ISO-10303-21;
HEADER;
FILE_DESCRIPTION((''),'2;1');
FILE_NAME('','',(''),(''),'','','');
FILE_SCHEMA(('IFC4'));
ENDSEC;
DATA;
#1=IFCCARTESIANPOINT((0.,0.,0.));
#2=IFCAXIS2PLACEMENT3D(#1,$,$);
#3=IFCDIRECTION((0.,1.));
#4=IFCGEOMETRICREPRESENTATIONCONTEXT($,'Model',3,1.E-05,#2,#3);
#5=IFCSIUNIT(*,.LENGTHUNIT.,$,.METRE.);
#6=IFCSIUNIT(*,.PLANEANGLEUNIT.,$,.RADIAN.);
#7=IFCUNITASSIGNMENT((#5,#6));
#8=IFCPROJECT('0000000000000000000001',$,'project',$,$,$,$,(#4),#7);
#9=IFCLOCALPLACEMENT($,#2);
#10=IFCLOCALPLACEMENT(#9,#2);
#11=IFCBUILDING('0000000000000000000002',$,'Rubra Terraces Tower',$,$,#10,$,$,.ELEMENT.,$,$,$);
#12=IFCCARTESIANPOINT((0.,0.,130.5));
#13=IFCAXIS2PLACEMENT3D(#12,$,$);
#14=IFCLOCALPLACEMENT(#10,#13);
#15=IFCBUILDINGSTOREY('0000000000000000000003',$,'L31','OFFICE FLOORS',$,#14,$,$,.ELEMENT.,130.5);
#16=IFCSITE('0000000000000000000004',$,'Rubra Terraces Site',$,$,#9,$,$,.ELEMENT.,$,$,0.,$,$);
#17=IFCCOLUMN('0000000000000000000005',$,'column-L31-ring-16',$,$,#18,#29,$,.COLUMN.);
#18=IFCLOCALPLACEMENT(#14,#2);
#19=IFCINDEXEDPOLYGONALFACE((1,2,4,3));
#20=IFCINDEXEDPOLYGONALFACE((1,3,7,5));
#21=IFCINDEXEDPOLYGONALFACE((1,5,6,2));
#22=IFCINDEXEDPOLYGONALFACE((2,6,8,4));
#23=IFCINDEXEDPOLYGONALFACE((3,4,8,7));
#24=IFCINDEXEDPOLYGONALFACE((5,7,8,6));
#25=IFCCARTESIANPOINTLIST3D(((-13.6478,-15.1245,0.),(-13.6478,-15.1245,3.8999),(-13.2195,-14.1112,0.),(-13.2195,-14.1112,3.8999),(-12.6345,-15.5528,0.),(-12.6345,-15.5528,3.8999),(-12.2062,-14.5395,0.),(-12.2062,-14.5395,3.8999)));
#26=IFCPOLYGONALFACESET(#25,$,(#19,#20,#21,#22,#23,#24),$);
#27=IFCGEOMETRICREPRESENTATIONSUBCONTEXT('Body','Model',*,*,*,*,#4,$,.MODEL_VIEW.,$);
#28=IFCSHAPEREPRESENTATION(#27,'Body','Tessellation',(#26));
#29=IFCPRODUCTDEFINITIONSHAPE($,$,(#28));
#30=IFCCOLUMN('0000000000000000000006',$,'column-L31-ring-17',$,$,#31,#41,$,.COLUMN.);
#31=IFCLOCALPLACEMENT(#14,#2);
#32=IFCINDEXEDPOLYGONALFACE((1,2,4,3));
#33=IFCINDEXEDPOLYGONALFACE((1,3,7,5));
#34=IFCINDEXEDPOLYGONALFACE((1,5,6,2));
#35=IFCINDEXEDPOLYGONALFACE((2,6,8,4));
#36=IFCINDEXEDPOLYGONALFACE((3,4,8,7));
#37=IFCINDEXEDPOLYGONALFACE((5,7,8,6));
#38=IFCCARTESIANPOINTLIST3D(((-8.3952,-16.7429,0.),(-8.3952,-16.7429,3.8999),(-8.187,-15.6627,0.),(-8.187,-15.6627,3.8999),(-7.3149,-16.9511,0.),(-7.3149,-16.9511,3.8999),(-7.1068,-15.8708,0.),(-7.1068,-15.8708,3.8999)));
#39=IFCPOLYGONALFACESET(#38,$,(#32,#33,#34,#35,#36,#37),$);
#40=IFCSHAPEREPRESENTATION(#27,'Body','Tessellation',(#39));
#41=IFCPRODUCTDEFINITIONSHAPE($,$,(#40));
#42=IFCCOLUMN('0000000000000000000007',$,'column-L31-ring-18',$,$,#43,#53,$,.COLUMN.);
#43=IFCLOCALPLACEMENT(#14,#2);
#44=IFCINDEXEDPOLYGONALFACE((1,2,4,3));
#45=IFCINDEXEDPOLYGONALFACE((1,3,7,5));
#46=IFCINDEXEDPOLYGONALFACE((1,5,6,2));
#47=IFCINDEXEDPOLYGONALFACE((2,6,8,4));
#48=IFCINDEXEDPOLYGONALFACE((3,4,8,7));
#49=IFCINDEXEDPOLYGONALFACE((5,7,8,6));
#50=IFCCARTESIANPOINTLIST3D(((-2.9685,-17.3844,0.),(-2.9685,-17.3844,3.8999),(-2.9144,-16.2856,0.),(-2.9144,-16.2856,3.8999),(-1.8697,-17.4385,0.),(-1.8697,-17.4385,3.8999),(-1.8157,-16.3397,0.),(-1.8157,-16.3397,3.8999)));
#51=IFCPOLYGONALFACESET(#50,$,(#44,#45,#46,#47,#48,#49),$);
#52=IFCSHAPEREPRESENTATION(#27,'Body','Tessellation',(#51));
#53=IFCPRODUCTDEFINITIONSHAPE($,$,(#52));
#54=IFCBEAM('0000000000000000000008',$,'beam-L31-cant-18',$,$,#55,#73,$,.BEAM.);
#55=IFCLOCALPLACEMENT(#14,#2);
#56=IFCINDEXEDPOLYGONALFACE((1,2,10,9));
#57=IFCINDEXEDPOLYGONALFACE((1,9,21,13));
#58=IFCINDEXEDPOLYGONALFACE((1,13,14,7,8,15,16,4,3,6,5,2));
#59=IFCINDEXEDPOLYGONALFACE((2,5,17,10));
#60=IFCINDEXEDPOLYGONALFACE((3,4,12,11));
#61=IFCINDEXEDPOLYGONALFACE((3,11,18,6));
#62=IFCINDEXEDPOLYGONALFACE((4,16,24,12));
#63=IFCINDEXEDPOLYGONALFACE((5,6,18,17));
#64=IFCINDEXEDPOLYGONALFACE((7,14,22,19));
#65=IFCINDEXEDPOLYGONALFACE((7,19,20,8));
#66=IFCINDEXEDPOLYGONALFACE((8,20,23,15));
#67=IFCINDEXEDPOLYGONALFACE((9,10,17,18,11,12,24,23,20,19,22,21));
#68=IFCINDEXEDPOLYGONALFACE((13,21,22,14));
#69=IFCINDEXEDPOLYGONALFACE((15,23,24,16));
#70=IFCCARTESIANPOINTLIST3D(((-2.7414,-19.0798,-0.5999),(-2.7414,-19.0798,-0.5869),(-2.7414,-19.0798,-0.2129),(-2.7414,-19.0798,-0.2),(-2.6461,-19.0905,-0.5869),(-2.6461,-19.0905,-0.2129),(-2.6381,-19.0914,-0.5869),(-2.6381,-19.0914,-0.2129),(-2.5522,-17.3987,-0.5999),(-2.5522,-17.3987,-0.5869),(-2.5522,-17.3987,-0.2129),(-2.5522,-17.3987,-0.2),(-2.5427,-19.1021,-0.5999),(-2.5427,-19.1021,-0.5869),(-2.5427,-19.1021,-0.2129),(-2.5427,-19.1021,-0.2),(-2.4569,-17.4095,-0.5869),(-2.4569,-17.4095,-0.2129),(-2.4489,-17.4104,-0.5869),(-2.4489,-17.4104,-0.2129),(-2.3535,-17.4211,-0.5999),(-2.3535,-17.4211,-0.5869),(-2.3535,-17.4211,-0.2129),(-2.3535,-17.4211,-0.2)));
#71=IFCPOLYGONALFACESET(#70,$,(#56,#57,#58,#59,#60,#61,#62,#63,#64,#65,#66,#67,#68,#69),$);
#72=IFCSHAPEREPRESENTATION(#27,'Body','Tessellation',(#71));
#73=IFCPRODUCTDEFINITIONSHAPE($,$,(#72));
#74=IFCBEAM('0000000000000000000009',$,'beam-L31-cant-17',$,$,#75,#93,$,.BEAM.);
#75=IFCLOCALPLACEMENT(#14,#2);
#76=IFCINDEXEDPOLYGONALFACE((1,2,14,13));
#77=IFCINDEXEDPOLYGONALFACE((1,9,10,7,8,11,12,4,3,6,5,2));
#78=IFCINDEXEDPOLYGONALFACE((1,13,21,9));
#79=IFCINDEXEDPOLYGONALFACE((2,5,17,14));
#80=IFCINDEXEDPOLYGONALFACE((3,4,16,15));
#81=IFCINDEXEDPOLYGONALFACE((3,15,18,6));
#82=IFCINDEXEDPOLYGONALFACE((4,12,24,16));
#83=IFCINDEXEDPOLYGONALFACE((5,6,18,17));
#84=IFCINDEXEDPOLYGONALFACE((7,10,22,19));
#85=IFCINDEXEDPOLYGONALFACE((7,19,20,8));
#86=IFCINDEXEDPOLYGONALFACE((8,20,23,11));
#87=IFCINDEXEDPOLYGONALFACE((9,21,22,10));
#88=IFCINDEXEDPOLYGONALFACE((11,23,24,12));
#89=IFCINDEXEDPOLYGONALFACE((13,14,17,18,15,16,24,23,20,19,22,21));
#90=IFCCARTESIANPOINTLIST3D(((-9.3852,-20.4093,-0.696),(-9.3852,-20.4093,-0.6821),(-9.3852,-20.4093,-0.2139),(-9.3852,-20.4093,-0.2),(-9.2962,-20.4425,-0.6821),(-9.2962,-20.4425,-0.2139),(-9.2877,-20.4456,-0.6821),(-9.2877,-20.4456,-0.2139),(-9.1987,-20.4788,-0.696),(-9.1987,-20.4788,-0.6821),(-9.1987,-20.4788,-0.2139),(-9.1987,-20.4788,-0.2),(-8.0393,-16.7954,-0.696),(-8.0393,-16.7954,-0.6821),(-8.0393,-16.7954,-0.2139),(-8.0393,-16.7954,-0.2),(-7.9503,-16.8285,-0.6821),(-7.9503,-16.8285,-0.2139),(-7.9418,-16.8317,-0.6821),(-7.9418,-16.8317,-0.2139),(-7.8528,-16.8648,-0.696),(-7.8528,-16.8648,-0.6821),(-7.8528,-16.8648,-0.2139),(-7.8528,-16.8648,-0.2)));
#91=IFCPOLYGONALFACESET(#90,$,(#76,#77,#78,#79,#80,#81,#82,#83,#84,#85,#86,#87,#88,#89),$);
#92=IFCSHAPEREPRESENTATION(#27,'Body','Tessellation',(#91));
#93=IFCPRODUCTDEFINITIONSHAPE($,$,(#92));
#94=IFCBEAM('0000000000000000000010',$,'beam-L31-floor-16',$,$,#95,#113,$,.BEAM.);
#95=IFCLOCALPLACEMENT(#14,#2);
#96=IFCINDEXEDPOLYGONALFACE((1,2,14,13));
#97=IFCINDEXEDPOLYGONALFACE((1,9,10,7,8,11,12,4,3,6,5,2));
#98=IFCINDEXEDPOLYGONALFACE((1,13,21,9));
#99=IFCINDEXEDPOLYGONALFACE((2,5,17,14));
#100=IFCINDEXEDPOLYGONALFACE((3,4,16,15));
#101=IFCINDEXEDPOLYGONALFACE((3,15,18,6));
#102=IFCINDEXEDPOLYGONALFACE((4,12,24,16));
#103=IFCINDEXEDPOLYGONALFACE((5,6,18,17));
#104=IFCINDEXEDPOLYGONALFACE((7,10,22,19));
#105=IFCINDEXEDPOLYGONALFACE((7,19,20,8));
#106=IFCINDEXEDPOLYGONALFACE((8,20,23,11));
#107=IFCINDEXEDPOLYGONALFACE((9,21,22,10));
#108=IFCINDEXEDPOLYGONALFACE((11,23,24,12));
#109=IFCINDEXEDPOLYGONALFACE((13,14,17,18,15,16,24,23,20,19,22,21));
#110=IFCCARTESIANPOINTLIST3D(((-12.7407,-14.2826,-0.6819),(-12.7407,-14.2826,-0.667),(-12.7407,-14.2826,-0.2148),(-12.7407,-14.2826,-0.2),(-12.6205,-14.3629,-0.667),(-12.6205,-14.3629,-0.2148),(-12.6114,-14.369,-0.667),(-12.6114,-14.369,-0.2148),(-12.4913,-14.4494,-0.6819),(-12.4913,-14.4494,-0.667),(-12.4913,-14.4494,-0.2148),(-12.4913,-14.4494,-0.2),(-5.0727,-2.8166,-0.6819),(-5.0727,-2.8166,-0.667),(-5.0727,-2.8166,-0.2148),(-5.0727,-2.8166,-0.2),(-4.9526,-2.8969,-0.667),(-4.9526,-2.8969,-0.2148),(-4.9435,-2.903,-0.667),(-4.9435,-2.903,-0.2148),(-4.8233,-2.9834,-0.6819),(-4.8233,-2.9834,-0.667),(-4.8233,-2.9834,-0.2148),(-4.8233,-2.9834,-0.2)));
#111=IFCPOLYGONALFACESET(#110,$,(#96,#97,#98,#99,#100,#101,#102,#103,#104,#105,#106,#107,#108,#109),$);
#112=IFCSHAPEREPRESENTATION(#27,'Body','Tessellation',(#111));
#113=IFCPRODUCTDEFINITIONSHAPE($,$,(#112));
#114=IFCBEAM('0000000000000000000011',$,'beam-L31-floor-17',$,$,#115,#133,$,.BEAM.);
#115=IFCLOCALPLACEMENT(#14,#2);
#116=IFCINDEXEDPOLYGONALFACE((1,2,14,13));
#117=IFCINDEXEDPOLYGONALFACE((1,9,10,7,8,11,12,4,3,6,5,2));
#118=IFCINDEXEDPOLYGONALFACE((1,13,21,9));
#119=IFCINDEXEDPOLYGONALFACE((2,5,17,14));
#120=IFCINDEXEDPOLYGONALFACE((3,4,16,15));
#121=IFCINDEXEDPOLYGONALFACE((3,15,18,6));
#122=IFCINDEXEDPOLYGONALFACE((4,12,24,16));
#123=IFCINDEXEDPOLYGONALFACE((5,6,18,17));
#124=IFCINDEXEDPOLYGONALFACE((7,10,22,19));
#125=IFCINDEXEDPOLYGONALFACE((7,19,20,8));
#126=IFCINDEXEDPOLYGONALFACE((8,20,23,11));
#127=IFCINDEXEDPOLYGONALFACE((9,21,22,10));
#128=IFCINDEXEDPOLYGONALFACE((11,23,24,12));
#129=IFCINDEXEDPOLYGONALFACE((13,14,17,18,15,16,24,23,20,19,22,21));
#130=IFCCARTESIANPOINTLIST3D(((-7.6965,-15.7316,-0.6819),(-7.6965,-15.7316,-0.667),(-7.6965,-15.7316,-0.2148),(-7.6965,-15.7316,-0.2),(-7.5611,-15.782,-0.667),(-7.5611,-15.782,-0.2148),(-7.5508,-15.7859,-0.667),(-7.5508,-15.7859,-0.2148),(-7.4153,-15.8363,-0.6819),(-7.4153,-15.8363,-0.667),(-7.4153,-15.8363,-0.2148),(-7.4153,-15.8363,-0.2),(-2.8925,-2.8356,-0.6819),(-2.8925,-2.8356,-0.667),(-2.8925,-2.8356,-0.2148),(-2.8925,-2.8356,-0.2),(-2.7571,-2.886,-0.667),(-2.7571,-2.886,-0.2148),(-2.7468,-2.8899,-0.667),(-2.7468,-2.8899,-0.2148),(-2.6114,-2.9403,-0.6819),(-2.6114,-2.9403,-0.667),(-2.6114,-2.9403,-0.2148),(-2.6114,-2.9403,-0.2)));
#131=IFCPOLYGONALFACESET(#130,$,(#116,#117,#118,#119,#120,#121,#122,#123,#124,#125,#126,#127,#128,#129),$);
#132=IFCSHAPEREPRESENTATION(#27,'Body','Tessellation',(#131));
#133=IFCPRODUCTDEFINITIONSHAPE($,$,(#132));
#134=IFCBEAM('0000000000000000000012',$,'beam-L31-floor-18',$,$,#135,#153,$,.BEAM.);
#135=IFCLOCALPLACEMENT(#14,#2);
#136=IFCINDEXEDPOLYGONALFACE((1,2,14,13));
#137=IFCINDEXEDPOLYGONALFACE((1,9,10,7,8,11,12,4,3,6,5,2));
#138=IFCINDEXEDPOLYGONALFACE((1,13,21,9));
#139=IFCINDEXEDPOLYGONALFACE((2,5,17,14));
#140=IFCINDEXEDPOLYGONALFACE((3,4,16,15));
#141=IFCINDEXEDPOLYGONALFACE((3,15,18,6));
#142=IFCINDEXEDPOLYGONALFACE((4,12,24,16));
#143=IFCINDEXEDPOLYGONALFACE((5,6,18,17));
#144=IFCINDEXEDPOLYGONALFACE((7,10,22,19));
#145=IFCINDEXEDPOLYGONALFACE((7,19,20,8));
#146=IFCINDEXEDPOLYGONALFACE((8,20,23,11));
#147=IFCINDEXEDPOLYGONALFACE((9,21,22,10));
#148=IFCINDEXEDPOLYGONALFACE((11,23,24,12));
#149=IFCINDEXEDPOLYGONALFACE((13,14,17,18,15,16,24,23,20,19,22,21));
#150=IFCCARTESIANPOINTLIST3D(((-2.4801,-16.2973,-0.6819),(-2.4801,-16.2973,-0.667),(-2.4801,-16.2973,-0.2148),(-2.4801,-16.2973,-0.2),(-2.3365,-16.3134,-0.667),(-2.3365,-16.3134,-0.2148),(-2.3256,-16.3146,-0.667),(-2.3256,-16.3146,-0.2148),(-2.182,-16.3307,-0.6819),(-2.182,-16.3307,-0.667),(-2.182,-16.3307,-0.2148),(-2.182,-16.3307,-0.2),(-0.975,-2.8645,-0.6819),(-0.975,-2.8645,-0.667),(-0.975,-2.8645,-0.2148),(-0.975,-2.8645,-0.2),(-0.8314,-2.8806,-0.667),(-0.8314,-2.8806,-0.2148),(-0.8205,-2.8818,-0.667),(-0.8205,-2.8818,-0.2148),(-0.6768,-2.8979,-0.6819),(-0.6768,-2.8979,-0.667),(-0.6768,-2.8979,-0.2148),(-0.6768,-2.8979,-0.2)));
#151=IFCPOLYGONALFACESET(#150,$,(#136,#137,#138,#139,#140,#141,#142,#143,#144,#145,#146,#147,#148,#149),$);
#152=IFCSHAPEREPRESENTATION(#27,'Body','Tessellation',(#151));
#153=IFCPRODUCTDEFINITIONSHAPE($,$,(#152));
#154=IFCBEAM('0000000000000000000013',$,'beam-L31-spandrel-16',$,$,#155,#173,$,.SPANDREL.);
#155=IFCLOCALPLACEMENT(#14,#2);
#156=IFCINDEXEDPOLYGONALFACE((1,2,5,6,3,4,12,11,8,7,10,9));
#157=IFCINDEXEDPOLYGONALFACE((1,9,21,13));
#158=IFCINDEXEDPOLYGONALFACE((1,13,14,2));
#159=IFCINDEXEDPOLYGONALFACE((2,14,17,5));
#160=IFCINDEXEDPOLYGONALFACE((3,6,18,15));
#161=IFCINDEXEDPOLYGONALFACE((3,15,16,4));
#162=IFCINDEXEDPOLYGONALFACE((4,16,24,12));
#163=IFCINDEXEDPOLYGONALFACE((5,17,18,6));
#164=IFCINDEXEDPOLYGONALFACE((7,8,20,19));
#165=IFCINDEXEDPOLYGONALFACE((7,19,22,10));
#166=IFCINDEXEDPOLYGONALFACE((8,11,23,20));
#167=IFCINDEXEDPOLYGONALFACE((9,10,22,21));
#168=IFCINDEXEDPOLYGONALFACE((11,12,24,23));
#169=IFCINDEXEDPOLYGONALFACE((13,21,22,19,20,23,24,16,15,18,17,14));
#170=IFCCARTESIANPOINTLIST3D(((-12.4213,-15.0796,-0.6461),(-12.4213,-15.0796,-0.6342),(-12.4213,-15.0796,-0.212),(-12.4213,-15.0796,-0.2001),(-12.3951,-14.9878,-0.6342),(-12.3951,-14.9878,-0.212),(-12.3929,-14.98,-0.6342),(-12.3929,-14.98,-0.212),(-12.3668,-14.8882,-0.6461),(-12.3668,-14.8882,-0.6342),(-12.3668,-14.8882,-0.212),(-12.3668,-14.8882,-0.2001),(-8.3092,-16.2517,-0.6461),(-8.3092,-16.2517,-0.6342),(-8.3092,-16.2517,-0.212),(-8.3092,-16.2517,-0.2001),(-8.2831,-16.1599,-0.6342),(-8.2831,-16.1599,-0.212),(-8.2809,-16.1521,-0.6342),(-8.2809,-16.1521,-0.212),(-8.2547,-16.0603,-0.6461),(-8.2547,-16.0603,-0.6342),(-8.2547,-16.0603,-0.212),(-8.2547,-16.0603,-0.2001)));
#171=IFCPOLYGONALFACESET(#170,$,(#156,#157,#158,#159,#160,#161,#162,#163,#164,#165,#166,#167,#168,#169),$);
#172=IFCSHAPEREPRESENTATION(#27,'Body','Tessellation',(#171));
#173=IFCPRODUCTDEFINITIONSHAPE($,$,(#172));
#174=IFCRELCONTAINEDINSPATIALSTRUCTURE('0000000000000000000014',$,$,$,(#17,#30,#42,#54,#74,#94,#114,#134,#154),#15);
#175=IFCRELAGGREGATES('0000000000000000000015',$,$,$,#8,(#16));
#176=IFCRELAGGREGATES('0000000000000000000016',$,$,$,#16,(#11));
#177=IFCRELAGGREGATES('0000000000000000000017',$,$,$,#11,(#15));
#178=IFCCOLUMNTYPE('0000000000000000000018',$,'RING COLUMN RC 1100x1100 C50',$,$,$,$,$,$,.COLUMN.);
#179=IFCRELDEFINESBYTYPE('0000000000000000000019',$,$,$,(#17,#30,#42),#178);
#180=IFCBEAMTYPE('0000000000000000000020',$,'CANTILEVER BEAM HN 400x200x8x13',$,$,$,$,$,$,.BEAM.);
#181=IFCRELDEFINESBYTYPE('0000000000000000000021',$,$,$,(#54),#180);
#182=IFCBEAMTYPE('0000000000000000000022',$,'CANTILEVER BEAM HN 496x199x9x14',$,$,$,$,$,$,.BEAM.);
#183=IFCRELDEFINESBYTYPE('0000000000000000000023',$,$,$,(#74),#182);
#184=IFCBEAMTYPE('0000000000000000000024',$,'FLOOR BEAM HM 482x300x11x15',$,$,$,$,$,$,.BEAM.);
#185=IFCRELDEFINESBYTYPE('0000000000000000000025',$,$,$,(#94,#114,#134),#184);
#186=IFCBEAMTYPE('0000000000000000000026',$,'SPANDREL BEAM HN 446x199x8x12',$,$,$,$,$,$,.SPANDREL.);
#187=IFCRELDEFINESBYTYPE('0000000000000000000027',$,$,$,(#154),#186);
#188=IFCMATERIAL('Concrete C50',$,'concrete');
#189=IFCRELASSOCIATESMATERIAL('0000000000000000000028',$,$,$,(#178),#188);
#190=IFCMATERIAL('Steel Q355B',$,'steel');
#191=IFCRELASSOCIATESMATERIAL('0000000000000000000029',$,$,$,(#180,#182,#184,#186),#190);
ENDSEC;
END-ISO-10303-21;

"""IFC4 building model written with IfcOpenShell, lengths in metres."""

from ifc_helpers import new_model, si_unit, direction, frame, origin, origin_2d, place, context, subcontext, project, spatial, rectangle, i_section, extrude, material, material_profile, profile_set, type_object, element, save


model = new_model("IFC4")

# Units and contexts
model_context = context("Model", 3, precision=1e-05, world=origin(), true_north=direction((0.0, 1.0)))
body_context = subcontext(model_context, "Body", "Model", "MODEL_VIEW")
ifc_project = project(units=[si_unit("LENGTHUNIT", "METRE"), si_unit("PLANEANGLEUNIT", "RADIAN")], contexts=[model_context])

# Site, building, storey
site_placement = place(None, origin())
site = spatial("IfcSite", under=ifc_project, at=site_placement, Name="Rubra Terraces Site", CompositionType="ELEMENT", RefElevation=0.0)
building_placement = place(site_placement, origin())
building = spatial("IfcBuilding", under=site, at=building_placement, Name="Rubra Terraces Tower", CompositionType="ELEMENT")
storey_placement = place(building_placement, frame((0.0, 0.0, 130.5)))
storey = spatial("IfcBuildingStorey", under=building, at=storey_placement, Name="L31", Description="OFFICE FLOORS", CompositionType="ELEMENT", Elevation=130.5)

# Columns
ifc_material_1 = material(Name="Concrete C50", Category="concrete")
ifc_material_profile_1 = material_profile(ifc_material_1, rectangle(XDim=1.1001, YDim=1.1001, at=origin_2d()), Name="RC 1100x1100")
ifc_profile_set_1 = profile_set([ifc_material_profile_1], Name="Concrete C50")
column_type = type_object("IfcColumnType", Name="RING COLUMN RC 1100x1100 C50", PredefinedType="COLUMN", material=ifc_profile_set_1)
for number, where, z_axis, x_axis, name in (
    (1, (-12.927, -14.832, 0.0), (0.0, 0.0, 1.0), (0.921106, -0.389313, 0.0), "column-L31-ring-16"),
    (2, (-7.751, -16.3069, 0.0), (0.0, 0.0, 1.0), (0.981937, -0.18921, 0.0), "column-L31-ring-17"),
    (3, (-2.3921, -16.8621, 0.0), (0.0, 0.0, 1.0), (0.998791, -0.04915, 0.0), "column-L31-ring-18"),
):
    element("IfcColumn", number, at=place(storey_placement, frame(where, z_axis=z_axis, x_axis=x_axis)), inside=storey, type_object=column_type, Name=name, PredefinedType="COLUMN", context=body_context, shape_type="SweptSolid", body=[
        extrude(rectangle(XDim=1.1001, YDim=1.1001, at=origin_2d()), origin(), (0.0, 0.0, 1.0), 3.8999),
    ])

# Beams
ifc_material_2 = material(Name="Steel Q355B", Category="steel")
ifc_material_profile_2 = material_profile(ifc_material_2, i_section(OverallWidth=0.2, OverallDepth=0.3999, WebThickness=0.0081, FlangeThickness=0.0129, at=origin_2d()), Name="HN 400x200x8x13")
ifc_profile_set_2 = profile_set([ifc_material_profile_2], Name="Steel Q355B")
beam_type_1 = type_object("IfcBeamType", Name="CANTILEVER BEAM HN 400x200x8x13", PredefinedType="BEAM", material=ifc_profile_set_2)
beam_1_placement = place(storey_placement, frame((-2.4529, -17.4099, -0.3999), z_axis=(-0.111841, -0.993726, 0.0), x_axis=(0.993726, -0.111841, 0.0)))
element("IfcBeam", 4, at=beam_1_placement, inside=storey, type_object=beam_type_1, Name="beam-L31-cant-18", PredefinedType="BEAM", context=body_context, shape_type="SweptSolid", body=[
    extrude(i_section(OverallWidth=0.2, OverallDepth=0.3999, WebThickness=0.0081, FlangeThickness=0.0129, at=origin_2d()), origin(), (0.0, 0.0, 1.0), 1.6917),
])
ifc_material_profile_3 = material_profile(ifc_material_2, i_section(OverallWidth=0.199, OverallDepth=0.4961, WebThickness=0.009, FlangeThickness=0.0139, at=origin_2d()), Name="HN 496x199x9x14")
ifc_profile_set_3 = profile_set([ifc_material_profile_3], Name="Steel Q355B")
beam_type_2 = type_object("IfcBeamType", Name="CANTILEVER BEAM HN 496x199x9x14", PredefinedType="BEAM", material=ifc_profile_set_3)
beam_2_placement = place(storey_placement, frame((-7.946, -16.8301, -0.448), z_axis=(-0.349007, -0.93712, 0.0), x_axis=(0.93712, -0.349007, 0.0)))
element("IfcBeam", 5, at=beam_2_placement, inside=storey, type_object=beam_type_2, Name="beam-L31-cant-17", PredefinedType="BEAM", context=body_context, shape_type="SweptSolid", body=[
    extrude(i_section(OverallWidth=0.199, OverallDepth=0.4961, WebThickness=0.009, FlangeThickness=0.0139, at=origin_2d()), origin(), (0.0, 0.0, 1.0), 3.8564),
])
ifc_material_profile_4 = material_profile(ifc_material_2, i_section(OverallWidth=0.3, OverallDepth=0.4819, WebThickness=0.011, FlangeThickness=0.0149, at=origin_2d()), Name="HM 482x300x11x15")
ifc_profile_set_4 = profile_set([ifc_material_profile_4], Name="Steel Q355B")
beam_type_3 = type_object("IfcBeamType", Name="FLOOR BEAM HM 482x300x11x15", PredefinedType="BEAM", material=ifc_profile_set_4)
beam_3_placement = place(storey_placement, frame((-12.616, -14.366, -0.4409), z_axis=(0.5559, 0.831249, 0.0), x_axis=(-0.831249, 0.5559, 0.0)))
element("IfcBeam", 6, at=beam_3_placement, inside=storey, type_object=beam_type_3, Name="beam-L31-floor-16", PredefinedType="BEAM", context=body_context, shape_type="SweptSolid", body=[
    extrude(i_section(OverallWidth=0.3, OverallDepth=0.4819, WebThickness=0.011, FlangeThickness=0.0149, at=origin_2d()), origin(), (0.0, 0.0, 1.0), 13.7937),
])
beam_4_placement = place(storey_placement, frame((-7.5559, -15.7839, -0.4409), z_axis=(0.349081, 0.937092, 0.0), x_axis=(-0.937092, 0.349081, 0.0)))
element("IfcBeam", 7, at=beam_4_placement, inside=storey, type_object=beam_type_3, Name="beam-L31-floor-17", PredefinedType="BEAM", context=body_context, shape_type="SweptSolid", body=[
    extrude(i_section(OverallWidth=0.3, OverallDepth=0.4819, WebThickness=0.011, FlangeThickness=0.0149, at=origin_2d()), origin(), (0.0, 0.0, 1.0), 13.7617),
])
beam_5_placement = place(storey_placement, frame((-2.3311, -16.314, -0.4409), z_axis=(0.111351, 0.993781, 0.0), x_axis=(-0.993781, 0.111351, 0.0)))
element("IfcBeam", 8, at=beam_5_placement, inside=storey, type_object=beam_type_3, Name="beam-L31-floor-18", PredefinedType="BEAM", context=body_context, shape_type="SweptSolid", body=[
    extrude(i_section(OverallWidth=0.3, OverallDepth=0.4819, WebThickness=0.011, FlangeThickness=0.0149, at=origin_2d()), origin(), (0.0, 0.0, 1.0), 13.5168),
])
ifc_material_profile_5 = material_profile(ifc_material_2, i_section(OverallWidth=0.199, OverallDepth=0.446, WebThickness=0.0081, FlangeThickness=0.012, at=origin_2d()), Name="HN 446x199x8x12")
ifc_profile_set_5 = profile_set([ifc_material_profile_5], Name="Steel Q355B")
beam_type_4 = type_object("IfcBeamType", Name="SPANDREL BEAM HN 446x199x8x12", PredefinedType="SPANDREL", material=ifc_profile_set_5)
beam_6_placement = place(storey_placement, frame((-12.394, -14.9839, -0.4231), z_axis=(0.961694, -0.274125, 0.0), x_axis=(0.274125, 0.961694, 0.0)))
element("IfcBeam", 9, at=beam_6_placement, inside=storey, type_object=beam_type_4, Name="beam-L31-spandrel-16", PredefinedType="SPANDREL", context=body_context, shape_type="SweptSolid", body=[
    extrude(i_section(OverallWidth=0.199, OverallDepth=0.446, WebThickness=0.0081, FlangeThickness=0.012, at=origin_2d()), origin(), (0.0, 0.0, 1.0), 4.2759),
])

save(model, "model.ifc")
